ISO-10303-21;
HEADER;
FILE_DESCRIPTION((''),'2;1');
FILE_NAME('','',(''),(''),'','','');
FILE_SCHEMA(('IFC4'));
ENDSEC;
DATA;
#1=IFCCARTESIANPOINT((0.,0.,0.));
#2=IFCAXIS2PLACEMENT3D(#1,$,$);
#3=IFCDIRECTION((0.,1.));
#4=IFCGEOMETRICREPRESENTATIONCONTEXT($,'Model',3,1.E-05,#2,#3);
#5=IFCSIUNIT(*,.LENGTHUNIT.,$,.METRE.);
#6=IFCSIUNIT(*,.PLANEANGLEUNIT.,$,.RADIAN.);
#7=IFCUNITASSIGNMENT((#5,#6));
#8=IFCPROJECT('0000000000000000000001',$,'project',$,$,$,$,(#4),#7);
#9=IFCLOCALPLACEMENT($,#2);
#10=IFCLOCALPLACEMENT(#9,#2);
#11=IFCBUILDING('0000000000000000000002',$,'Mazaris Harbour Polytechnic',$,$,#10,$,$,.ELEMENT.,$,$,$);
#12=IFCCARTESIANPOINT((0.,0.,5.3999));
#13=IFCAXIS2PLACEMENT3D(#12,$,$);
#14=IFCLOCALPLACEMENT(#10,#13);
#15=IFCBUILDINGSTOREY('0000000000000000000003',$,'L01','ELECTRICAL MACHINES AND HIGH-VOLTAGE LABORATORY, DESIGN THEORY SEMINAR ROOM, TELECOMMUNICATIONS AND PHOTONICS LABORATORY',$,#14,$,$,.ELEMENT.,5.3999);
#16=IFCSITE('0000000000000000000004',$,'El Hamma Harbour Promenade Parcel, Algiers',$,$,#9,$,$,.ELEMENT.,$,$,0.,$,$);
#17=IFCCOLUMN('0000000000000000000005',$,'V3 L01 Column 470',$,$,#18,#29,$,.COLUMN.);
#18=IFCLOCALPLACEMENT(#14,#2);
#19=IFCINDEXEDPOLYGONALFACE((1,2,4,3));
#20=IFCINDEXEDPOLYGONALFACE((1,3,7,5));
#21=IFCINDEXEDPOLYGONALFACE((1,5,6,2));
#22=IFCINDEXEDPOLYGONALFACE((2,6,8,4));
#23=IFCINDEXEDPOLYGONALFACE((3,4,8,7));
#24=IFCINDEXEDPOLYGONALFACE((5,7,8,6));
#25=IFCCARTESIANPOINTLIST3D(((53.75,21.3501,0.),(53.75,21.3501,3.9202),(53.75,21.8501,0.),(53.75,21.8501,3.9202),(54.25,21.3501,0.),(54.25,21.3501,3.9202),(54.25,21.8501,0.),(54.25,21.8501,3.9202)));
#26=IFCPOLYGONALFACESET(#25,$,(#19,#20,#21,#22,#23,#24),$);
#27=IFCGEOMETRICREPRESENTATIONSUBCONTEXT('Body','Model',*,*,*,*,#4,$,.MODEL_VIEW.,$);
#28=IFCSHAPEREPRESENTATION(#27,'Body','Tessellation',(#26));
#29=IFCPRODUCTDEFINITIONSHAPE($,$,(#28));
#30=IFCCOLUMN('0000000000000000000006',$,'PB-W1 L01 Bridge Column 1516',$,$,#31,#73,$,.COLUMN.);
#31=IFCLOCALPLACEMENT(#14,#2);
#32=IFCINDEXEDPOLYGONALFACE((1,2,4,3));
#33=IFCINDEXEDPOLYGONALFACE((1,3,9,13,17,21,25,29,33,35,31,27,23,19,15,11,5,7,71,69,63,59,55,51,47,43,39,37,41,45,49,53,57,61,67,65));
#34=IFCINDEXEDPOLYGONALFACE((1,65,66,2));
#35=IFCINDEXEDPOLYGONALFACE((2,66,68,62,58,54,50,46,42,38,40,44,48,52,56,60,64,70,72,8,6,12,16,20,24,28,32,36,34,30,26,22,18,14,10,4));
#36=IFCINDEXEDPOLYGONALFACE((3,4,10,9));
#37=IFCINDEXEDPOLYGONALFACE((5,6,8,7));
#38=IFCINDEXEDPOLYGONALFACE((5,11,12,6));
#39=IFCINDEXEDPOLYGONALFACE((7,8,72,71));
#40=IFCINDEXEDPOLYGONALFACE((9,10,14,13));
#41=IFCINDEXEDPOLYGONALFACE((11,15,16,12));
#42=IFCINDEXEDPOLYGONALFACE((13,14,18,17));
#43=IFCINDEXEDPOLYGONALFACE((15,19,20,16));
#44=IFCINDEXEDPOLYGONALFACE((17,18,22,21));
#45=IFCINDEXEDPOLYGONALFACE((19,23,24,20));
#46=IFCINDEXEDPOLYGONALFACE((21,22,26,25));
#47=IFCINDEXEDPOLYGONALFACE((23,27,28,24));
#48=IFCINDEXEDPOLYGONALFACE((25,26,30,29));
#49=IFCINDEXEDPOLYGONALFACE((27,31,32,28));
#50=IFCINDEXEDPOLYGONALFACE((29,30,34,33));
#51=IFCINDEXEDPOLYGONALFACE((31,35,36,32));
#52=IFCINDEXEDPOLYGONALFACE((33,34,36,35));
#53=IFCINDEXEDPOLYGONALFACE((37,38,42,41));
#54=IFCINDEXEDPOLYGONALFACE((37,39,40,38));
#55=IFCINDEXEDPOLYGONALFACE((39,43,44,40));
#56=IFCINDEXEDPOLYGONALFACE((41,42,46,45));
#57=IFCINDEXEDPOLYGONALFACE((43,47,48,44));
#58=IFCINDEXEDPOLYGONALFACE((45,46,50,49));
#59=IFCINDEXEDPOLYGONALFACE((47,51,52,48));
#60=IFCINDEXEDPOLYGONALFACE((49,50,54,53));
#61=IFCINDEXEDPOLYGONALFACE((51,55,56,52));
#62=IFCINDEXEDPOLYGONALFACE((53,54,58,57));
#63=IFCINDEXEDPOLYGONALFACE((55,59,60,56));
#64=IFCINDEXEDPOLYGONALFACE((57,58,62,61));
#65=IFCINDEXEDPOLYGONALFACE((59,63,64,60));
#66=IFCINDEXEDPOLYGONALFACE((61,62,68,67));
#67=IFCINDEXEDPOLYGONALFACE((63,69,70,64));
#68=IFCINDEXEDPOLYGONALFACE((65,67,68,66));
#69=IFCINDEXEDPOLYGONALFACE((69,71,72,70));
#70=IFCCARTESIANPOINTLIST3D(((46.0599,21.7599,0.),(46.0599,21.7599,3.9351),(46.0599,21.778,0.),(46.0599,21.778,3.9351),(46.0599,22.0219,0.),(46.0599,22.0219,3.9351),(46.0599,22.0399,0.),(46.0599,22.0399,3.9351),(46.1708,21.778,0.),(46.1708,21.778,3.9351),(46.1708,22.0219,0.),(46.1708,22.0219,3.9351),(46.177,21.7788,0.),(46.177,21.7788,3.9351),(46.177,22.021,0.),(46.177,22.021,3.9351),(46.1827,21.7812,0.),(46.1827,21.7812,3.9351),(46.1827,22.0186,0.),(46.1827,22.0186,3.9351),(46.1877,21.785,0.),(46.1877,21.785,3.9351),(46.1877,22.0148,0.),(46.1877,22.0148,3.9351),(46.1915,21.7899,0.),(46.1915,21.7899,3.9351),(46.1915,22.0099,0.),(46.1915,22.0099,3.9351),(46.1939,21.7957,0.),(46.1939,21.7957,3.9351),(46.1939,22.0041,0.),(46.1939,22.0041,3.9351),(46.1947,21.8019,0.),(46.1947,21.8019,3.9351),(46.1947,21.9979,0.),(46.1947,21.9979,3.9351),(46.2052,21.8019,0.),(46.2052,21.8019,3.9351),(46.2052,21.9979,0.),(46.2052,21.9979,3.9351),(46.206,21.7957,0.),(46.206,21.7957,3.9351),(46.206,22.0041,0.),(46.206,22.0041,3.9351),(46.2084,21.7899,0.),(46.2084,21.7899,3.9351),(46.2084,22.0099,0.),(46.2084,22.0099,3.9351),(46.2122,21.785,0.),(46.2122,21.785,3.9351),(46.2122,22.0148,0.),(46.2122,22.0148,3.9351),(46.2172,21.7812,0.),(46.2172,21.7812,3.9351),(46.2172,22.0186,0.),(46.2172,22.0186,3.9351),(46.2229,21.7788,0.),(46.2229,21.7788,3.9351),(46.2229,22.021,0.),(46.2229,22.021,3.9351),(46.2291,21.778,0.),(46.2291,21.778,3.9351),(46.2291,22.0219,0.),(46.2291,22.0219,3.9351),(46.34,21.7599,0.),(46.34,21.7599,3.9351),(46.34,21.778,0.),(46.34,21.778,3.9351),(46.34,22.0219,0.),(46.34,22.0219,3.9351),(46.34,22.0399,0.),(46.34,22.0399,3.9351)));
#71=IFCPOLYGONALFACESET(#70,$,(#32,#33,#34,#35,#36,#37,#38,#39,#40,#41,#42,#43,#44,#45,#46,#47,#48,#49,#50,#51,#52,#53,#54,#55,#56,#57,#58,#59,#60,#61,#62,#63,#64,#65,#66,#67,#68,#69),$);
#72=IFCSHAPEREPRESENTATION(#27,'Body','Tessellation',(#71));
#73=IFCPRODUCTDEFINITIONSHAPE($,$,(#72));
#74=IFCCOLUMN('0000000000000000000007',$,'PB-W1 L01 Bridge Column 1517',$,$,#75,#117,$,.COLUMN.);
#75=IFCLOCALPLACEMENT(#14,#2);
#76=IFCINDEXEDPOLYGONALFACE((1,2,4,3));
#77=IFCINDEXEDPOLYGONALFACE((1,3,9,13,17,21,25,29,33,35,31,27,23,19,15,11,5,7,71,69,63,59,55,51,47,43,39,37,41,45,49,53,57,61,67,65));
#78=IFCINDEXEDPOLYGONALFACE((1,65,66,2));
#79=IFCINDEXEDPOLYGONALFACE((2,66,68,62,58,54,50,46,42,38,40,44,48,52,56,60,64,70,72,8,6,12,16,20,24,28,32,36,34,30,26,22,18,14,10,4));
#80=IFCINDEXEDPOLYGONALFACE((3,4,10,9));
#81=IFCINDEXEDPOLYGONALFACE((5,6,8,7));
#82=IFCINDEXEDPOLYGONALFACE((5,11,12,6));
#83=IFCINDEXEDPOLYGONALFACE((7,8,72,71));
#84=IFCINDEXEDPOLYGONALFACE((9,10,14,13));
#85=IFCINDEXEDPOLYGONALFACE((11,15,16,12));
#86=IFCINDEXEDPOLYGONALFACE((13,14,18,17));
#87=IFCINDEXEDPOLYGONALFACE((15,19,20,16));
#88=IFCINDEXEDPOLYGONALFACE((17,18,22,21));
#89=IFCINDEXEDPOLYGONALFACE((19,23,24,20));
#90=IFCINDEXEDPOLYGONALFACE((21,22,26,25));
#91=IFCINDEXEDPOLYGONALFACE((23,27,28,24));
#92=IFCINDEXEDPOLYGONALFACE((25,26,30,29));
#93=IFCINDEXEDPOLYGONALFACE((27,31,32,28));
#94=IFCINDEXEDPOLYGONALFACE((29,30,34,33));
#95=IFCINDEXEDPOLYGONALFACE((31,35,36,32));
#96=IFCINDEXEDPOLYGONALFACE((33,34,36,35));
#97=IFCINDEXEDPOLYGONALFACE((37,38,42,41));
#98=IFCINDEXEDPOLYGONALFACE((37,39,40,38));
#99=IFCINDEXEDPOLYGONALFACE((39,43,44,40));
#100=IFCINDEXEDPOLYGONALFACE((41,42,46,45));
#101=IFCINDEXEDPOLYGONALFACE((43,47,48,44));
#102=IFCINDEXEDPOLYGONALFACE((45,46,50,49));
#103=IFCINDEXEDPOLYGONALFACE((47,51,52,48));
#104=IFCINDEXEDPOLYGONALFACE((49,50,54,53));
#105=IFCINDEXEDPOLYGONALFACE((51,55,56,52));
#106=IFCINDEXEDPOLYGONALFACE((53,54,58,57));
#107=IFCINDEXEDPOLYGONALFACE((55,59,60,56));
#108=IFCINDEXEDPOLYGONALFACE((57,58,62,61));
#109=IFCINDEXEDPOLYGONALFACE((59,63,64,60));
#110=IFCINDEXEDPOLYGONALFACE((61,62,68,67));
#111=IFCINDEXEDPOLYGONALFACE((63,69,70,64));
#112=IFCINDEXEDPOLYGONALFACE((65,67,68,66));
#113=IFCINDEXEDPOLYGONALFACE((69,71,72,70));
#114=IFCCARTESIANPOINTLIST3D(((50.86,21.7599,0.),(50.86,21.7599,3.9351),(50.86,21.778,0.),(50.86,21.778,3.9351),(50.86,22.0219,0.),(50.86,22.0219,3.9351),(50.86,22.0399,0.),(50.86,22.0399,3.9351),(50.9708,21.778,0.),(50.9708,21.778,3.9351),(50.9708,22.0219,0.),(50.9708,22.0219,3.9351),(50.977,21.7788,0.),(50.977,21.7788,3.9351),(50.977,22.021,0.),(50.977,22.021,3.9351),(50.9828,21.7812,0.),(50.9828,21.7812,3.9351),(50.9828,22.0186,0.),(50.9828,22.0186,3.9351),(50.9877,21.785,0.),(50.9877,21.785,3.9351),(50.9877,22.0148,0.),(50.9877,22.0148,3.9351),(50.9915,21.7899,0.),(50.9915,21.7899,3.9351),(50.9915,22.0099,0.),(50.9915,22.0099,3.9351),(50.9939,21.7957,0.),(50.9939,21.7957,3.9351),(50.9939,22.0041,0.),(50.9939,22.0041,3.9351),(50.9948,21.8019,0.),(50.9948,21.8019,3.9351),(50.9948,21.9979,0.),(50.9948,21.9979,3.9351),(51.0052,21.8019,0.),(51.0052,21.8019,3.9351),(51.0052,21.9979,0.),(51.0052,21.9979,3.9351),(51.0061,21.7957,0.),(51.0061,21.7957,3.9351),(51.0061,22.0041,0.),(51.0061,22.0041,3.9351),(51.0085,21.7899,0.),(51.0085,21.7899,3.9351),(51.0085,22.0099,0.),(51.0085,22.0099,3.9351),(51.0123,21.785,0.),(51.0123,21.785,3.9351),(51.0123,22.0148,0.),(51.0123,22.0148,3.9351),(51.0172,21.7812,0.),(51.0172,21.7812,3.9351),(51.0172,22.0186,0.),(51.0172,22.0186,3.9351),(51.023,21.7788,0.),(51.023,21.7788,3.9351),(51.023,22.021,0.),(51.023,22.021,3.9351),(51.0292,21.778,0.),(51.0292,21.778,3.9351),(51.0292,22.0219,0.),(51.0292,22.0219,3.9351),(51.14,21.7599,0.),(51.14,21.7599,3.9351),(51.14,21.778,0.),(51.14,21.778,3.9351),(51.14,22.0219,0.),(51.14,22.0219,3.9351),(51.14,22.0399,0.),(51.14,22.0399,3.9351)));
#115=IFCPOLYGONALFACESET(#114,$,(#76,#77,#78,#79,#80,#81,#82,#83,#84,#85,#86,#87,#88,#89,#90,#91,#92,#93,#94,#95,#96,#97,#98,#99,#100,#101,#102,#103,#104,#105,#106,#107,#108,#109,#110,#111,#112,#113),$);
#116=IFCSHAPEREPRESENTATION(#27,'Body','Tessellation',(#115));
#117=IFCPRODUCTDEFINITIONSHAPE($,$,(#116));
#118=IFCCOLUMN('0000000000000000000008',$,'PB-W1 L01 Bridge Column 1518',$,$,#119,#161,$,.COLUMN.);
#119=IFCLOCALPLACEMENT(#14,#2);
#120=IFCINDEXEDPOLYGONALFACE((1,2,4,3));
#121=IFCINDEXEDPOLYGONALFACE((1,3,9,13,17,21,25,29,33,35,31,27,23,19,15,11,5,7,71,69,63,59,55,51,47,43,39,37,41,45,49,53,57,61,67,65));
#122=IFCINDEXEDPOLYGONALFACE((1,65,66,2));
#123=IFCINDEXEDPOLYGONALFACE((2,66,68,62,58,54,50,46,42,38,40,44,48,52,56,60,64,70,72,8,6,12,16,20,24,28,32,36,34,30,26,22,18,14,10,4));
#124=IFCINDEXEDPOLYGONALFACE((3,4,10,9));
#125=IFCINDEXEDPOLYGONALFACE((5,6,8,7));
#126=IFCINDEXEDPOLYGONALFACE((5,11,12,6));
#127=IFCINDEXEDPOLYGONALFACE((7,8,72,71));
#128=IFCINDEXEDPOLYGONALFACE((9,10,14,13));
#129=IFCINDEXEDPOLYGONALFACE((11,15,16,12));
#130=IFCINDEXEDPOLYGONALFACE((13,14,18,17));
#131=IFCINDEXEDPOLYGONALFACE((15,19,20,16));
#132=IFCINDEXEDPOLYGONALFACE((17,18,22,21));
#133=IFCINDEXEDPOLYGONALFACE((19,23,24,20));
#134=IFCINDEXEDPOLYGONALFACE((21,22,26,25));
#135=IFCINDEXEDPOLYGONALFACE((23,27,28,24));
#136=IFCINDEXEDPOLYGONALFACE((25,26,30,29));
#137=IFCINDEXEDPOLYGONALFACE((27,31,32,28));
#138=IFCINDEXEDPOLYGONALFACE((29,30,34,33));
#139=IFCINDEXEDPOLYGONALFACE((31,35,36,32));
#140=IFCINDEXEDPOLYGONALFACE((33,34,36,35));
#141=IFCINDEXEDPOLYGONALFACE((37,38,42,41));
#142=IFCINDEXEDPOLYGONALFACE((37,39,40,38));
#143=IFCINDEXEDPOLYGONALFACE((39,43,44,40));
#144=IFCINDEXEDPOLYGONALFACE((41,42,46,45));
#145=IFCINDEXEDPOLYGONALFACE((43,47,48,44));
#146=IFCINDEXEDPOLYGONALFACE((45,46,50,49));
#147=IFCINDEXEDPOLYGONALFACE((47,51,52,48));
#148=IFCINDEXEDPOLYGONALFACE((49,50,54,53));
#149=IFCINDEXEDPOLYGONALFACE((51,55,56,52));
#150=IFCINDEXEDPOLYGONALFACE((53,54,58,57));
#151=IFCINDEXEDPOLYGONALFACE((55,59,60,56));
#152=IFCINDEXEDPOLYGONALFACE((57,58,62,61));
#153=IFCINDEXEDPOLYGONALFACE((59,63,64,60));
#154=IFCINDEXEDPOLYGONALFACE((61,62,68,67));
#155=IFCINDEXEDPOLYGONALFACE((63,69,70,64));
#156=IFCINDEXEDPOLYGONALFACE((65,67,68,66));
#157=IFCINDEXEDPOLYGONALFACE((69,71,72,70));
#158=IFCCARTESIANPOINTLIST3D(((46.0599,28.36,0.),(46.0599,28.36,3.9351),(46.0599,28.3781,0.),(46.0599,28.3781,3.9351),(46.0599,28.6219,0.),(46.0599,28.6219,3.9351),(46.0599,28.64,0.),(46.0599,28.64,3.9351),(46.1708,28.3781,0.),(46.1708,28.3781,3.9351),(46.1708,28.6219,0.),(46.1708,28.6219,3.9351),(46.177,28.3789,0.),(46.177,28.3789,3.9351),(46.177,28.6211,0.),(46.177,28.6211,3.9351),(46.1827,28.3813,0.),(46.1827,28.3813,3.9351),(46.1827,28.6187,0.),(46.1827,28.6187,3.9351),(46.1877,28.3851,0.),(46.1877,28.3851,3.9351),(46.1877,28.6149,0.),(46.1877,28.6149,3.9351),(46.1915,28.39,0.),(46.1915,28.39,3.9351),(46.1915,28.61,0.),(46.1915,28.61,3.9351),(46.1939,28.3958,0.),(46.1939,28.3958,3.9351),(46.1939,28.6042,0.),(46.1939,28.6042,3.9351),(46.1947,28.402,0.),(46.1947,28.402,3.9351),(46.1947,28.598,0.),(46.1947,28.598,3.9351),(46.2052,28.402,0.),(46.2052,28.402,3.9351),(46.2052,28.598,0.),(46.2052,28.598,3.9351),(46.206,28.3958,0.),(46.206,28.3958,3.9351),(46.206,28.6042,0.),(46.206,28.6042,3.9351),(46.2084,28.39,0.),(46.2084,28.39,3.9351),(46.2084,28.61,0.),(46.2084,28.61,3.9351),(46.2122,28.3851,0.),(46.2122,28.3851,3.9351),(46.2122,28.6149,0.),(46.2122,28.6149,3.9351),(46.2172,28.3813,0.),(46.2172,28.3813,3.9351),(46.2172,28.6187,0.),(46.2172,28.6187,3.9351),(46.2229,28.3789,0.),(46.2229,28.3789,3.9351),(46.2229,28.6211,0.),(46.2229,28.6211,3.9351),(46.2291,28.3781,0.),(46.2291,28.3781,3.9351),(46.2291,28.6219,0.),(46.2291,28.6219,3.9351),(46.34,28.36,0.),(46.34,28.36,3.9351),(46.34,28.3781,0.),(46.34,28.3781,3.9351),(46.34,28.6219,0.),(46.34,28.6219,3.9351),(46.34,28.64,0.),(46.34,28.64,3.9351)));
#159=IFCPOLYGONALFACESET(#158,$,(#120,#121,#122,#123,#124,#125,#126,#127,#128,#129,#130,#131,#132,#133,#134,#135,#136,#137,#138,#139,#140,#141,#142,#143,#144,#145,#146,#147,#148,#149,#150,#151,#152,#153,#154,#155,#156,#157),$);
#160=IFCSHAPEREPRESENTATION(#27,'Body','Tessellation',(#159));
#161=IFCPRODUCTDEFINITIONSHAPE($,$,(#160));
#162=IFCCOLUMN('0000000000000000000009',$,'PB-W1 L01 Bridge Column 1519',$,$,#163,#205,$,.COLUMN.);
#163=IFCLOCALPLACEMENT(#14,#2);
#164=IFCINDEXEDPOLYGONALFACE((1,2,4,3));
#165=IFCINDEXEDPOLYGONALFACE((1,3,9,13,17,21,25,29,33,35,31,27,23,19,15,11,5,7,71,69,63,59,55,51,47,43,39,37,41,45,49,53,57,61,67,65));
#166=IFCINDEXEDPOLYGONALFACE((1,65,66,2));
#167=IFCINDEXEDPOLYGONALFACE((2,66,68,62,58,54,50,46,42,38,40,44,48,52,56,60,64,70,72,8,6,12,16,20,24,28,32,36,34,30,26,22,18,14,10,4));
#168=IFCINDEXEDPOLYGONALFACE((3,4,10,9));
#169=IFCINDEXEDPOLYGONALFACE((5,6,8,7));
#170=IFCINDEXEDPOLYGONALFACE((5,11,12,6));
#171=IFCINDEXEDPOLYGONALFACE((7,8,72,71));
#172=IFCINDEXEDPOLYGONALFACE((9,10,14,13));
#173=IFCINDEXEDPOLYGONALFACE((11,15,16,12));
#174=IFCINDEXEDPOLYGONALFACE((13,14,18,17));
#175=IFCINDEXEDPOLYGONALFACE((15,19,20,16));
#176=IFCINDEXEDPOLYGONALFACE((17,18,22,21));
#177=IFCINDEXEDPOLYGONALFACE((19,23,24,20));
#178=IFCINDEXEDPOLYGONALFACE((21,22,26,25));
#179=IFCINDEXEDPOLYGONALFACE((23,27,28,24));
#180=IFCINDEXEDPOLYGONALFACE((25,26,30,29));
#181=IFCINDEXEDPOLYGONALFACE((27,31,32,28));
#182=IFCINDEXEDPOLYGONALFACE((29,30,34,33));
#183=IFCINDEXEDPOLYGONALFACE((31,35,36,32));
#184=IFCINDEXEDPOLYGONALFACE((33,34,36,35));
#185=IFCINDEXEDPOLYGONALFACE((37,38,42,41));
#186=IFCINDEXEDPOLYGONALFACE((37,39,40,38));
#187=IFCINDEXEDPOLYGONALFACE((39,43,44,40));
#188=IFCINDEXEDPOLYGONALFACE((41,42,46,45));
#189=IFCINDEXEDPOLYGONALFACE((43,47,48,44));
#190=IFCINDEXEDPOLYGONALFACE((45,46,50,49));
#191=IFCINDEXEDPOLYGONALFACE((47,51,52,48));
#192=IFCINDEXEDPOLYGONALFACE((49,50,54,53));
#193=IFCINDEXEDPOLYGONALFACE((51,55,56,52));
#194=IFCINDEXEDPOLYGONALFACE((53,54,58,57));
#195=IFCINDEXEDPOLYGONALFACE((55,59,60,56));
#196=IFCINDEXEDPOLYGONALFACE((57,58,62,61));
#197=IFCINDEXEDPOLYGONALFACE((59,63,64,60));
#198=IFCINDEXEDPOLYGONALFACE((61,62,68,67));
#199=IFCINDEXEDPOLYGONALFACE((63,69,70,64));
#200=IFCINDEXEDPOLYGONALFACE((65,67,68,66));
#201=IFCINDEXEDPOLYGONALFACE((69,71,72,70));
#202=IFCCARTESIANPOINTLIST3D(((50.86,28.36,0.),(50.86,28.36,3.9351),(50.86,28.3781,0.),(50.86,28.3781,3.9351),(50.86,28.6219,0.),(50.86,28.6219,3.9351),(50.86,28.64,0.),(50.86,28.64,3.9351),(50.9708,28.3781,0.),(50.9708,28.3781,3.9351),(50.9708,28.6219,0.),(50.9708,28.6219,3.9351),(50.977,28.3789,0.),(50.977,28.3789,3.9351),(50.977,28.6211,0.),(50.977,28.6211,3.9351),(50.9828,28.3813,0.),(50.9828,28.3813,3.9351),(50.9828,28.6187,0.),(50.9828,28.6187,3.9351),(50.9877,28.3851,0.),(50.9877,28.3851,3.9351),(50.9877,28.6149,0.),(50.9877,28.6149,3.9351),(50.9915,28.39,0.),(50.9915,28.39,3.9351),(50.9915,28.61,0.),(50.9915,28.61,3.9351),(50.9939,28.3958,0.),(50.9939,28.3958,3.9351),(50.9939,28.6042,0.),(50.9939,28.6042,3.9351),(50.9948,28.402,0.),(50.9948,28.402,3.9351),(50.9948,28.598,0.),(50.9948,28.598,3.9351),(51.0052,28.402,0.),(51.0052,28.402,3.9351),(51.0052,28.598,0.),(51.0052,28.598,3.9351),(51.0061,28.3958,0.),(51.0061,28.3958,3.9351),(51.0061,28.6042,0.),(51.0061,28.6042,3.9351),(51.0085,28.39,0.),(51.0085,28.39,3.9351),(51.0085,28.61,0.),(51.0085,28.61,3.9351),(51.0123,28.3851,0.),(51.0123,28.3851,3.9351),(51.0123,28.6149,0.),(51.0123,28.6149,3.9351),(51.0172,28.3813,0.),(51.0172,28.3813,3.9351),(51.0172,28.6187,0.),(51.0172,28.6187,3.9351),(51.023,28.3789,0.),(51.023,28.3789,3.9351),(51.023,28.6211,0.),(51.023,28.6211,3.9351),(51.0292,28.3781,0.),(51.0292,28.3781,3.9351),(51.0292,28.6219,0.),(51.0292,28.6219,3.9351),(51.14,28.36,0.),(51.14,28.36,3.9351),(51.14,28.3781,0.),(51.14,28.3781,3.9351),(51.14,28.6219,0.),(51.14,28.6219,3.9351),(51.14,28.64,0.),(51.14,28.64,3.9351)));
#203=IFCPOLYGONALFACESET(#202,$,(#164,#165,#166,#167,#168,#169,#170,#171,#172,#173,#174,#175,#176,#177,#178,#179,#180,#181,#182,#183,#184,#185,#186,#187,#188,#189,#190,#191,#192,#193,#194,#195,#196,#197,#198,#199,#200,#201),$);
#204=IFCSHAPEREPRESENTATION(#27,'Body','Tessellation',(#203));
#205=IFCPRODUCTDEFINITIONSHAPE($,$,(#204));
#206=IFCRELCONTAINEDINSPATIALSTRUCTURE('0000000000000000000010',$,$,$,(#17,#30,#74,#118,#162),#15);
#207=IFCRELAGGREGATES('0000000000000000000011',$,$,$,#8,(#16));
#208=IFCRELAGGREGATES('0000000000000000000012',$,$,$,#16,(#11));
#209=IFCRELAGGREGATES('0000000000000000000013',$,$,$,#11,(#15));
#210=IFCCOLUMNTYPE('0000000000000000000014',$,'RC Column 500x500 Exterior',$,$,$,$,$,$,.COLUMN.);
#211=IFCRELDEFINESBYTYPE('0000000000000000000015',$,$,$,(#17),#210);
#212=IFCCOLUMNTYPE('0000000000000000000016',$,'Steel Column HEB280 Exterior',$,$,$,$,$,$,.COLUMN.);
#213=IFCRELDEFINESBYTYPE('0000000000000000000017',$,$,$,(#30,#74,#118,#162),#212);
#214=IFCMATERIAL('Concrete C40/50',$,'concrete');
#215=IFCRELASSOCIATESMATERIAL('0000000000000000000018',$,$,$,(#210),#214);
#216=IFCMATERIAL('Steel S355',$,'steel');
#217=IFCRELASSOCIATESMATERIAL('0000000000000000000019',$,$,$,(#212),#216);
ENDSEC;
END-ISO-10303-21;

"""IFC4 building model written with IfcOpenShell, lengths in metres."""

from ifc_helpers import new_model, si_unit, direction, frame, origin, origin_2d, place, context, subcontext, project, spatial, rectangle, i_section, extrude, material, material_profile, profile_set, type_object, element, save


model = new_model("IFC4")

# Units and contexts
model_context = context("Model", 3, precision=1e-05, world=origin(), true_north=direction((0.0, 1.0)))
body_context = subcontext(model_context, "Body", "Model", "MODEL_VIEW")
ifc_project = project(units=[si_unit("LENGTHUNIT", "METRE"), si_unit("PLANEANGLEUNIT", "RADIAN")], contexts=[model_context])

# Site, building, storey
site_placement = place(None, origin())
site = spatial("IfcSite", under=ifc_project, at=site_placement, Name="El Hamma Harbour Promenade Parcel, Algiers", CompositionType="ELEMENT", RefElevation=0.0)
building_placement = place(site_placement, origin())
building = spatial("IfcBuilding", under=site, at=building_placement, Name="Mazaris Harbour Polytechnic", CompositionType="ELEMENT")
storey_placement = place(building_placement, frame((0.0, 0.0, 5.3999)))
storey = spatial("IfcBuildingStorey", under=building, at=storey_placement, Name="L01", Description="ELECTRICAL MACHINES AND HIGH-VOLTAGE LABORATORY, DESIGN THEORY SEMINAR ROOM, TELECOMMUNICATIONS AND PHOTONICS LABORATORY", CompositionType="ELEMENT", Elevation=5.3999)

# Columns
ifc_material_1 = material(Name="Concrete C40/50", Category="concrete")
ifc_material_profile_1 = material_profile(ifc_material_1, rectangle(XDim=0.5, YDim=0.5, at=origin_2d()), Name="RECT500x500")
ifc_profile_set_1 = profile_set([ifc_material_profile_1], Name="Concrete C40/50")
column_type_1 = type_object("IfcColumnType", Name="RC Column 500x500 Exterior", PredefinedType="COLUMN", material=ifc_profile_set_1)
column_placement = place(storey_placement, frame((54.0, 21.6001, 0.0), z_axis=(0.0, 0.0, 1.0), x_axis=(1.0, 0.0, 0.0)))
element("IfcColumn", 1, at=column_placement, inside=storey, type_object=column_type_1, Name="V3 L01 Column 470", PredefinedType="COLUMN", context=body_context, shape_type="SweptSolid", body=[
    extrude(rectangle(XDim=0.5, YDim=0.5, at=origin_2d()), origin(), (0.0, 0.0, 1.0), 3.9202),
])
ifc_material_2 = material(Name="Steel S355", Category="steel")
ifc_material_profile_2 = material_profile(ifc_material_2, i_section(OverallWidth=0.28, OverallDepth=0.28, WebThickness=0.0105, FlangeThickness=0.0181, FilletRadius=0.0239, at=origin_2d()), Name="HEB 280")
ifc_profile_set_2 = profile_set([ifc_material_profile_2], Name="Steel S355")
column_type_2 = type_object("IfcColumnType", Name="Steel Column HEB280 Exterior", PredefinedType="COLUMN", material=ifc_profile_set_2)
for number, where, z_axis, x_axis, name in (
    (2, (46.2, 21.8999, 0.0), (0.0, 0.0, 1.0), (1.0, 0.0, 0.0), "PB-W1 L01 Bridge Column 1516"),
    (3, (51.0, 21.8999, 0.0), (0.0, 0.0, 1.0), (1.0, 0.0, 0.0), "PB-W1 L01 Bridge Column 1517"),
    (4, (46.2, 28.5, 0.0), (0.0, 0.0, 1.0), (1.0, 0.0, 0.0), "PB-W1 L01 Bridge Column 1518"),
    (5, (51.0, 28.5, 0.0), (0.0, 0.0, 1.0), (1.0, 0.0, 0.0), "PB-W1 L01 Bridge Column 1519"),
):
    element("IfcColumn", number, at=place(storey_placement, frame(where, z_axis=z_axis, x_axis=x_axis)), inside=storey, type_object=column_type_2, Name=name, PredefinedType="COLUMN", context=body_context, shape_type="SweptSolid", body=[
        extrude(i_section(OverallWidth=0.28, OverallDepth=0.28, WebThickness=0.0105, FlangeThickness=0.0181, FilletRadius=0.0239, at=origin_2d()), origin(), (0.0, 0.0, 1.0), 3.9351),
    ])

save(model, "model.ifc")
